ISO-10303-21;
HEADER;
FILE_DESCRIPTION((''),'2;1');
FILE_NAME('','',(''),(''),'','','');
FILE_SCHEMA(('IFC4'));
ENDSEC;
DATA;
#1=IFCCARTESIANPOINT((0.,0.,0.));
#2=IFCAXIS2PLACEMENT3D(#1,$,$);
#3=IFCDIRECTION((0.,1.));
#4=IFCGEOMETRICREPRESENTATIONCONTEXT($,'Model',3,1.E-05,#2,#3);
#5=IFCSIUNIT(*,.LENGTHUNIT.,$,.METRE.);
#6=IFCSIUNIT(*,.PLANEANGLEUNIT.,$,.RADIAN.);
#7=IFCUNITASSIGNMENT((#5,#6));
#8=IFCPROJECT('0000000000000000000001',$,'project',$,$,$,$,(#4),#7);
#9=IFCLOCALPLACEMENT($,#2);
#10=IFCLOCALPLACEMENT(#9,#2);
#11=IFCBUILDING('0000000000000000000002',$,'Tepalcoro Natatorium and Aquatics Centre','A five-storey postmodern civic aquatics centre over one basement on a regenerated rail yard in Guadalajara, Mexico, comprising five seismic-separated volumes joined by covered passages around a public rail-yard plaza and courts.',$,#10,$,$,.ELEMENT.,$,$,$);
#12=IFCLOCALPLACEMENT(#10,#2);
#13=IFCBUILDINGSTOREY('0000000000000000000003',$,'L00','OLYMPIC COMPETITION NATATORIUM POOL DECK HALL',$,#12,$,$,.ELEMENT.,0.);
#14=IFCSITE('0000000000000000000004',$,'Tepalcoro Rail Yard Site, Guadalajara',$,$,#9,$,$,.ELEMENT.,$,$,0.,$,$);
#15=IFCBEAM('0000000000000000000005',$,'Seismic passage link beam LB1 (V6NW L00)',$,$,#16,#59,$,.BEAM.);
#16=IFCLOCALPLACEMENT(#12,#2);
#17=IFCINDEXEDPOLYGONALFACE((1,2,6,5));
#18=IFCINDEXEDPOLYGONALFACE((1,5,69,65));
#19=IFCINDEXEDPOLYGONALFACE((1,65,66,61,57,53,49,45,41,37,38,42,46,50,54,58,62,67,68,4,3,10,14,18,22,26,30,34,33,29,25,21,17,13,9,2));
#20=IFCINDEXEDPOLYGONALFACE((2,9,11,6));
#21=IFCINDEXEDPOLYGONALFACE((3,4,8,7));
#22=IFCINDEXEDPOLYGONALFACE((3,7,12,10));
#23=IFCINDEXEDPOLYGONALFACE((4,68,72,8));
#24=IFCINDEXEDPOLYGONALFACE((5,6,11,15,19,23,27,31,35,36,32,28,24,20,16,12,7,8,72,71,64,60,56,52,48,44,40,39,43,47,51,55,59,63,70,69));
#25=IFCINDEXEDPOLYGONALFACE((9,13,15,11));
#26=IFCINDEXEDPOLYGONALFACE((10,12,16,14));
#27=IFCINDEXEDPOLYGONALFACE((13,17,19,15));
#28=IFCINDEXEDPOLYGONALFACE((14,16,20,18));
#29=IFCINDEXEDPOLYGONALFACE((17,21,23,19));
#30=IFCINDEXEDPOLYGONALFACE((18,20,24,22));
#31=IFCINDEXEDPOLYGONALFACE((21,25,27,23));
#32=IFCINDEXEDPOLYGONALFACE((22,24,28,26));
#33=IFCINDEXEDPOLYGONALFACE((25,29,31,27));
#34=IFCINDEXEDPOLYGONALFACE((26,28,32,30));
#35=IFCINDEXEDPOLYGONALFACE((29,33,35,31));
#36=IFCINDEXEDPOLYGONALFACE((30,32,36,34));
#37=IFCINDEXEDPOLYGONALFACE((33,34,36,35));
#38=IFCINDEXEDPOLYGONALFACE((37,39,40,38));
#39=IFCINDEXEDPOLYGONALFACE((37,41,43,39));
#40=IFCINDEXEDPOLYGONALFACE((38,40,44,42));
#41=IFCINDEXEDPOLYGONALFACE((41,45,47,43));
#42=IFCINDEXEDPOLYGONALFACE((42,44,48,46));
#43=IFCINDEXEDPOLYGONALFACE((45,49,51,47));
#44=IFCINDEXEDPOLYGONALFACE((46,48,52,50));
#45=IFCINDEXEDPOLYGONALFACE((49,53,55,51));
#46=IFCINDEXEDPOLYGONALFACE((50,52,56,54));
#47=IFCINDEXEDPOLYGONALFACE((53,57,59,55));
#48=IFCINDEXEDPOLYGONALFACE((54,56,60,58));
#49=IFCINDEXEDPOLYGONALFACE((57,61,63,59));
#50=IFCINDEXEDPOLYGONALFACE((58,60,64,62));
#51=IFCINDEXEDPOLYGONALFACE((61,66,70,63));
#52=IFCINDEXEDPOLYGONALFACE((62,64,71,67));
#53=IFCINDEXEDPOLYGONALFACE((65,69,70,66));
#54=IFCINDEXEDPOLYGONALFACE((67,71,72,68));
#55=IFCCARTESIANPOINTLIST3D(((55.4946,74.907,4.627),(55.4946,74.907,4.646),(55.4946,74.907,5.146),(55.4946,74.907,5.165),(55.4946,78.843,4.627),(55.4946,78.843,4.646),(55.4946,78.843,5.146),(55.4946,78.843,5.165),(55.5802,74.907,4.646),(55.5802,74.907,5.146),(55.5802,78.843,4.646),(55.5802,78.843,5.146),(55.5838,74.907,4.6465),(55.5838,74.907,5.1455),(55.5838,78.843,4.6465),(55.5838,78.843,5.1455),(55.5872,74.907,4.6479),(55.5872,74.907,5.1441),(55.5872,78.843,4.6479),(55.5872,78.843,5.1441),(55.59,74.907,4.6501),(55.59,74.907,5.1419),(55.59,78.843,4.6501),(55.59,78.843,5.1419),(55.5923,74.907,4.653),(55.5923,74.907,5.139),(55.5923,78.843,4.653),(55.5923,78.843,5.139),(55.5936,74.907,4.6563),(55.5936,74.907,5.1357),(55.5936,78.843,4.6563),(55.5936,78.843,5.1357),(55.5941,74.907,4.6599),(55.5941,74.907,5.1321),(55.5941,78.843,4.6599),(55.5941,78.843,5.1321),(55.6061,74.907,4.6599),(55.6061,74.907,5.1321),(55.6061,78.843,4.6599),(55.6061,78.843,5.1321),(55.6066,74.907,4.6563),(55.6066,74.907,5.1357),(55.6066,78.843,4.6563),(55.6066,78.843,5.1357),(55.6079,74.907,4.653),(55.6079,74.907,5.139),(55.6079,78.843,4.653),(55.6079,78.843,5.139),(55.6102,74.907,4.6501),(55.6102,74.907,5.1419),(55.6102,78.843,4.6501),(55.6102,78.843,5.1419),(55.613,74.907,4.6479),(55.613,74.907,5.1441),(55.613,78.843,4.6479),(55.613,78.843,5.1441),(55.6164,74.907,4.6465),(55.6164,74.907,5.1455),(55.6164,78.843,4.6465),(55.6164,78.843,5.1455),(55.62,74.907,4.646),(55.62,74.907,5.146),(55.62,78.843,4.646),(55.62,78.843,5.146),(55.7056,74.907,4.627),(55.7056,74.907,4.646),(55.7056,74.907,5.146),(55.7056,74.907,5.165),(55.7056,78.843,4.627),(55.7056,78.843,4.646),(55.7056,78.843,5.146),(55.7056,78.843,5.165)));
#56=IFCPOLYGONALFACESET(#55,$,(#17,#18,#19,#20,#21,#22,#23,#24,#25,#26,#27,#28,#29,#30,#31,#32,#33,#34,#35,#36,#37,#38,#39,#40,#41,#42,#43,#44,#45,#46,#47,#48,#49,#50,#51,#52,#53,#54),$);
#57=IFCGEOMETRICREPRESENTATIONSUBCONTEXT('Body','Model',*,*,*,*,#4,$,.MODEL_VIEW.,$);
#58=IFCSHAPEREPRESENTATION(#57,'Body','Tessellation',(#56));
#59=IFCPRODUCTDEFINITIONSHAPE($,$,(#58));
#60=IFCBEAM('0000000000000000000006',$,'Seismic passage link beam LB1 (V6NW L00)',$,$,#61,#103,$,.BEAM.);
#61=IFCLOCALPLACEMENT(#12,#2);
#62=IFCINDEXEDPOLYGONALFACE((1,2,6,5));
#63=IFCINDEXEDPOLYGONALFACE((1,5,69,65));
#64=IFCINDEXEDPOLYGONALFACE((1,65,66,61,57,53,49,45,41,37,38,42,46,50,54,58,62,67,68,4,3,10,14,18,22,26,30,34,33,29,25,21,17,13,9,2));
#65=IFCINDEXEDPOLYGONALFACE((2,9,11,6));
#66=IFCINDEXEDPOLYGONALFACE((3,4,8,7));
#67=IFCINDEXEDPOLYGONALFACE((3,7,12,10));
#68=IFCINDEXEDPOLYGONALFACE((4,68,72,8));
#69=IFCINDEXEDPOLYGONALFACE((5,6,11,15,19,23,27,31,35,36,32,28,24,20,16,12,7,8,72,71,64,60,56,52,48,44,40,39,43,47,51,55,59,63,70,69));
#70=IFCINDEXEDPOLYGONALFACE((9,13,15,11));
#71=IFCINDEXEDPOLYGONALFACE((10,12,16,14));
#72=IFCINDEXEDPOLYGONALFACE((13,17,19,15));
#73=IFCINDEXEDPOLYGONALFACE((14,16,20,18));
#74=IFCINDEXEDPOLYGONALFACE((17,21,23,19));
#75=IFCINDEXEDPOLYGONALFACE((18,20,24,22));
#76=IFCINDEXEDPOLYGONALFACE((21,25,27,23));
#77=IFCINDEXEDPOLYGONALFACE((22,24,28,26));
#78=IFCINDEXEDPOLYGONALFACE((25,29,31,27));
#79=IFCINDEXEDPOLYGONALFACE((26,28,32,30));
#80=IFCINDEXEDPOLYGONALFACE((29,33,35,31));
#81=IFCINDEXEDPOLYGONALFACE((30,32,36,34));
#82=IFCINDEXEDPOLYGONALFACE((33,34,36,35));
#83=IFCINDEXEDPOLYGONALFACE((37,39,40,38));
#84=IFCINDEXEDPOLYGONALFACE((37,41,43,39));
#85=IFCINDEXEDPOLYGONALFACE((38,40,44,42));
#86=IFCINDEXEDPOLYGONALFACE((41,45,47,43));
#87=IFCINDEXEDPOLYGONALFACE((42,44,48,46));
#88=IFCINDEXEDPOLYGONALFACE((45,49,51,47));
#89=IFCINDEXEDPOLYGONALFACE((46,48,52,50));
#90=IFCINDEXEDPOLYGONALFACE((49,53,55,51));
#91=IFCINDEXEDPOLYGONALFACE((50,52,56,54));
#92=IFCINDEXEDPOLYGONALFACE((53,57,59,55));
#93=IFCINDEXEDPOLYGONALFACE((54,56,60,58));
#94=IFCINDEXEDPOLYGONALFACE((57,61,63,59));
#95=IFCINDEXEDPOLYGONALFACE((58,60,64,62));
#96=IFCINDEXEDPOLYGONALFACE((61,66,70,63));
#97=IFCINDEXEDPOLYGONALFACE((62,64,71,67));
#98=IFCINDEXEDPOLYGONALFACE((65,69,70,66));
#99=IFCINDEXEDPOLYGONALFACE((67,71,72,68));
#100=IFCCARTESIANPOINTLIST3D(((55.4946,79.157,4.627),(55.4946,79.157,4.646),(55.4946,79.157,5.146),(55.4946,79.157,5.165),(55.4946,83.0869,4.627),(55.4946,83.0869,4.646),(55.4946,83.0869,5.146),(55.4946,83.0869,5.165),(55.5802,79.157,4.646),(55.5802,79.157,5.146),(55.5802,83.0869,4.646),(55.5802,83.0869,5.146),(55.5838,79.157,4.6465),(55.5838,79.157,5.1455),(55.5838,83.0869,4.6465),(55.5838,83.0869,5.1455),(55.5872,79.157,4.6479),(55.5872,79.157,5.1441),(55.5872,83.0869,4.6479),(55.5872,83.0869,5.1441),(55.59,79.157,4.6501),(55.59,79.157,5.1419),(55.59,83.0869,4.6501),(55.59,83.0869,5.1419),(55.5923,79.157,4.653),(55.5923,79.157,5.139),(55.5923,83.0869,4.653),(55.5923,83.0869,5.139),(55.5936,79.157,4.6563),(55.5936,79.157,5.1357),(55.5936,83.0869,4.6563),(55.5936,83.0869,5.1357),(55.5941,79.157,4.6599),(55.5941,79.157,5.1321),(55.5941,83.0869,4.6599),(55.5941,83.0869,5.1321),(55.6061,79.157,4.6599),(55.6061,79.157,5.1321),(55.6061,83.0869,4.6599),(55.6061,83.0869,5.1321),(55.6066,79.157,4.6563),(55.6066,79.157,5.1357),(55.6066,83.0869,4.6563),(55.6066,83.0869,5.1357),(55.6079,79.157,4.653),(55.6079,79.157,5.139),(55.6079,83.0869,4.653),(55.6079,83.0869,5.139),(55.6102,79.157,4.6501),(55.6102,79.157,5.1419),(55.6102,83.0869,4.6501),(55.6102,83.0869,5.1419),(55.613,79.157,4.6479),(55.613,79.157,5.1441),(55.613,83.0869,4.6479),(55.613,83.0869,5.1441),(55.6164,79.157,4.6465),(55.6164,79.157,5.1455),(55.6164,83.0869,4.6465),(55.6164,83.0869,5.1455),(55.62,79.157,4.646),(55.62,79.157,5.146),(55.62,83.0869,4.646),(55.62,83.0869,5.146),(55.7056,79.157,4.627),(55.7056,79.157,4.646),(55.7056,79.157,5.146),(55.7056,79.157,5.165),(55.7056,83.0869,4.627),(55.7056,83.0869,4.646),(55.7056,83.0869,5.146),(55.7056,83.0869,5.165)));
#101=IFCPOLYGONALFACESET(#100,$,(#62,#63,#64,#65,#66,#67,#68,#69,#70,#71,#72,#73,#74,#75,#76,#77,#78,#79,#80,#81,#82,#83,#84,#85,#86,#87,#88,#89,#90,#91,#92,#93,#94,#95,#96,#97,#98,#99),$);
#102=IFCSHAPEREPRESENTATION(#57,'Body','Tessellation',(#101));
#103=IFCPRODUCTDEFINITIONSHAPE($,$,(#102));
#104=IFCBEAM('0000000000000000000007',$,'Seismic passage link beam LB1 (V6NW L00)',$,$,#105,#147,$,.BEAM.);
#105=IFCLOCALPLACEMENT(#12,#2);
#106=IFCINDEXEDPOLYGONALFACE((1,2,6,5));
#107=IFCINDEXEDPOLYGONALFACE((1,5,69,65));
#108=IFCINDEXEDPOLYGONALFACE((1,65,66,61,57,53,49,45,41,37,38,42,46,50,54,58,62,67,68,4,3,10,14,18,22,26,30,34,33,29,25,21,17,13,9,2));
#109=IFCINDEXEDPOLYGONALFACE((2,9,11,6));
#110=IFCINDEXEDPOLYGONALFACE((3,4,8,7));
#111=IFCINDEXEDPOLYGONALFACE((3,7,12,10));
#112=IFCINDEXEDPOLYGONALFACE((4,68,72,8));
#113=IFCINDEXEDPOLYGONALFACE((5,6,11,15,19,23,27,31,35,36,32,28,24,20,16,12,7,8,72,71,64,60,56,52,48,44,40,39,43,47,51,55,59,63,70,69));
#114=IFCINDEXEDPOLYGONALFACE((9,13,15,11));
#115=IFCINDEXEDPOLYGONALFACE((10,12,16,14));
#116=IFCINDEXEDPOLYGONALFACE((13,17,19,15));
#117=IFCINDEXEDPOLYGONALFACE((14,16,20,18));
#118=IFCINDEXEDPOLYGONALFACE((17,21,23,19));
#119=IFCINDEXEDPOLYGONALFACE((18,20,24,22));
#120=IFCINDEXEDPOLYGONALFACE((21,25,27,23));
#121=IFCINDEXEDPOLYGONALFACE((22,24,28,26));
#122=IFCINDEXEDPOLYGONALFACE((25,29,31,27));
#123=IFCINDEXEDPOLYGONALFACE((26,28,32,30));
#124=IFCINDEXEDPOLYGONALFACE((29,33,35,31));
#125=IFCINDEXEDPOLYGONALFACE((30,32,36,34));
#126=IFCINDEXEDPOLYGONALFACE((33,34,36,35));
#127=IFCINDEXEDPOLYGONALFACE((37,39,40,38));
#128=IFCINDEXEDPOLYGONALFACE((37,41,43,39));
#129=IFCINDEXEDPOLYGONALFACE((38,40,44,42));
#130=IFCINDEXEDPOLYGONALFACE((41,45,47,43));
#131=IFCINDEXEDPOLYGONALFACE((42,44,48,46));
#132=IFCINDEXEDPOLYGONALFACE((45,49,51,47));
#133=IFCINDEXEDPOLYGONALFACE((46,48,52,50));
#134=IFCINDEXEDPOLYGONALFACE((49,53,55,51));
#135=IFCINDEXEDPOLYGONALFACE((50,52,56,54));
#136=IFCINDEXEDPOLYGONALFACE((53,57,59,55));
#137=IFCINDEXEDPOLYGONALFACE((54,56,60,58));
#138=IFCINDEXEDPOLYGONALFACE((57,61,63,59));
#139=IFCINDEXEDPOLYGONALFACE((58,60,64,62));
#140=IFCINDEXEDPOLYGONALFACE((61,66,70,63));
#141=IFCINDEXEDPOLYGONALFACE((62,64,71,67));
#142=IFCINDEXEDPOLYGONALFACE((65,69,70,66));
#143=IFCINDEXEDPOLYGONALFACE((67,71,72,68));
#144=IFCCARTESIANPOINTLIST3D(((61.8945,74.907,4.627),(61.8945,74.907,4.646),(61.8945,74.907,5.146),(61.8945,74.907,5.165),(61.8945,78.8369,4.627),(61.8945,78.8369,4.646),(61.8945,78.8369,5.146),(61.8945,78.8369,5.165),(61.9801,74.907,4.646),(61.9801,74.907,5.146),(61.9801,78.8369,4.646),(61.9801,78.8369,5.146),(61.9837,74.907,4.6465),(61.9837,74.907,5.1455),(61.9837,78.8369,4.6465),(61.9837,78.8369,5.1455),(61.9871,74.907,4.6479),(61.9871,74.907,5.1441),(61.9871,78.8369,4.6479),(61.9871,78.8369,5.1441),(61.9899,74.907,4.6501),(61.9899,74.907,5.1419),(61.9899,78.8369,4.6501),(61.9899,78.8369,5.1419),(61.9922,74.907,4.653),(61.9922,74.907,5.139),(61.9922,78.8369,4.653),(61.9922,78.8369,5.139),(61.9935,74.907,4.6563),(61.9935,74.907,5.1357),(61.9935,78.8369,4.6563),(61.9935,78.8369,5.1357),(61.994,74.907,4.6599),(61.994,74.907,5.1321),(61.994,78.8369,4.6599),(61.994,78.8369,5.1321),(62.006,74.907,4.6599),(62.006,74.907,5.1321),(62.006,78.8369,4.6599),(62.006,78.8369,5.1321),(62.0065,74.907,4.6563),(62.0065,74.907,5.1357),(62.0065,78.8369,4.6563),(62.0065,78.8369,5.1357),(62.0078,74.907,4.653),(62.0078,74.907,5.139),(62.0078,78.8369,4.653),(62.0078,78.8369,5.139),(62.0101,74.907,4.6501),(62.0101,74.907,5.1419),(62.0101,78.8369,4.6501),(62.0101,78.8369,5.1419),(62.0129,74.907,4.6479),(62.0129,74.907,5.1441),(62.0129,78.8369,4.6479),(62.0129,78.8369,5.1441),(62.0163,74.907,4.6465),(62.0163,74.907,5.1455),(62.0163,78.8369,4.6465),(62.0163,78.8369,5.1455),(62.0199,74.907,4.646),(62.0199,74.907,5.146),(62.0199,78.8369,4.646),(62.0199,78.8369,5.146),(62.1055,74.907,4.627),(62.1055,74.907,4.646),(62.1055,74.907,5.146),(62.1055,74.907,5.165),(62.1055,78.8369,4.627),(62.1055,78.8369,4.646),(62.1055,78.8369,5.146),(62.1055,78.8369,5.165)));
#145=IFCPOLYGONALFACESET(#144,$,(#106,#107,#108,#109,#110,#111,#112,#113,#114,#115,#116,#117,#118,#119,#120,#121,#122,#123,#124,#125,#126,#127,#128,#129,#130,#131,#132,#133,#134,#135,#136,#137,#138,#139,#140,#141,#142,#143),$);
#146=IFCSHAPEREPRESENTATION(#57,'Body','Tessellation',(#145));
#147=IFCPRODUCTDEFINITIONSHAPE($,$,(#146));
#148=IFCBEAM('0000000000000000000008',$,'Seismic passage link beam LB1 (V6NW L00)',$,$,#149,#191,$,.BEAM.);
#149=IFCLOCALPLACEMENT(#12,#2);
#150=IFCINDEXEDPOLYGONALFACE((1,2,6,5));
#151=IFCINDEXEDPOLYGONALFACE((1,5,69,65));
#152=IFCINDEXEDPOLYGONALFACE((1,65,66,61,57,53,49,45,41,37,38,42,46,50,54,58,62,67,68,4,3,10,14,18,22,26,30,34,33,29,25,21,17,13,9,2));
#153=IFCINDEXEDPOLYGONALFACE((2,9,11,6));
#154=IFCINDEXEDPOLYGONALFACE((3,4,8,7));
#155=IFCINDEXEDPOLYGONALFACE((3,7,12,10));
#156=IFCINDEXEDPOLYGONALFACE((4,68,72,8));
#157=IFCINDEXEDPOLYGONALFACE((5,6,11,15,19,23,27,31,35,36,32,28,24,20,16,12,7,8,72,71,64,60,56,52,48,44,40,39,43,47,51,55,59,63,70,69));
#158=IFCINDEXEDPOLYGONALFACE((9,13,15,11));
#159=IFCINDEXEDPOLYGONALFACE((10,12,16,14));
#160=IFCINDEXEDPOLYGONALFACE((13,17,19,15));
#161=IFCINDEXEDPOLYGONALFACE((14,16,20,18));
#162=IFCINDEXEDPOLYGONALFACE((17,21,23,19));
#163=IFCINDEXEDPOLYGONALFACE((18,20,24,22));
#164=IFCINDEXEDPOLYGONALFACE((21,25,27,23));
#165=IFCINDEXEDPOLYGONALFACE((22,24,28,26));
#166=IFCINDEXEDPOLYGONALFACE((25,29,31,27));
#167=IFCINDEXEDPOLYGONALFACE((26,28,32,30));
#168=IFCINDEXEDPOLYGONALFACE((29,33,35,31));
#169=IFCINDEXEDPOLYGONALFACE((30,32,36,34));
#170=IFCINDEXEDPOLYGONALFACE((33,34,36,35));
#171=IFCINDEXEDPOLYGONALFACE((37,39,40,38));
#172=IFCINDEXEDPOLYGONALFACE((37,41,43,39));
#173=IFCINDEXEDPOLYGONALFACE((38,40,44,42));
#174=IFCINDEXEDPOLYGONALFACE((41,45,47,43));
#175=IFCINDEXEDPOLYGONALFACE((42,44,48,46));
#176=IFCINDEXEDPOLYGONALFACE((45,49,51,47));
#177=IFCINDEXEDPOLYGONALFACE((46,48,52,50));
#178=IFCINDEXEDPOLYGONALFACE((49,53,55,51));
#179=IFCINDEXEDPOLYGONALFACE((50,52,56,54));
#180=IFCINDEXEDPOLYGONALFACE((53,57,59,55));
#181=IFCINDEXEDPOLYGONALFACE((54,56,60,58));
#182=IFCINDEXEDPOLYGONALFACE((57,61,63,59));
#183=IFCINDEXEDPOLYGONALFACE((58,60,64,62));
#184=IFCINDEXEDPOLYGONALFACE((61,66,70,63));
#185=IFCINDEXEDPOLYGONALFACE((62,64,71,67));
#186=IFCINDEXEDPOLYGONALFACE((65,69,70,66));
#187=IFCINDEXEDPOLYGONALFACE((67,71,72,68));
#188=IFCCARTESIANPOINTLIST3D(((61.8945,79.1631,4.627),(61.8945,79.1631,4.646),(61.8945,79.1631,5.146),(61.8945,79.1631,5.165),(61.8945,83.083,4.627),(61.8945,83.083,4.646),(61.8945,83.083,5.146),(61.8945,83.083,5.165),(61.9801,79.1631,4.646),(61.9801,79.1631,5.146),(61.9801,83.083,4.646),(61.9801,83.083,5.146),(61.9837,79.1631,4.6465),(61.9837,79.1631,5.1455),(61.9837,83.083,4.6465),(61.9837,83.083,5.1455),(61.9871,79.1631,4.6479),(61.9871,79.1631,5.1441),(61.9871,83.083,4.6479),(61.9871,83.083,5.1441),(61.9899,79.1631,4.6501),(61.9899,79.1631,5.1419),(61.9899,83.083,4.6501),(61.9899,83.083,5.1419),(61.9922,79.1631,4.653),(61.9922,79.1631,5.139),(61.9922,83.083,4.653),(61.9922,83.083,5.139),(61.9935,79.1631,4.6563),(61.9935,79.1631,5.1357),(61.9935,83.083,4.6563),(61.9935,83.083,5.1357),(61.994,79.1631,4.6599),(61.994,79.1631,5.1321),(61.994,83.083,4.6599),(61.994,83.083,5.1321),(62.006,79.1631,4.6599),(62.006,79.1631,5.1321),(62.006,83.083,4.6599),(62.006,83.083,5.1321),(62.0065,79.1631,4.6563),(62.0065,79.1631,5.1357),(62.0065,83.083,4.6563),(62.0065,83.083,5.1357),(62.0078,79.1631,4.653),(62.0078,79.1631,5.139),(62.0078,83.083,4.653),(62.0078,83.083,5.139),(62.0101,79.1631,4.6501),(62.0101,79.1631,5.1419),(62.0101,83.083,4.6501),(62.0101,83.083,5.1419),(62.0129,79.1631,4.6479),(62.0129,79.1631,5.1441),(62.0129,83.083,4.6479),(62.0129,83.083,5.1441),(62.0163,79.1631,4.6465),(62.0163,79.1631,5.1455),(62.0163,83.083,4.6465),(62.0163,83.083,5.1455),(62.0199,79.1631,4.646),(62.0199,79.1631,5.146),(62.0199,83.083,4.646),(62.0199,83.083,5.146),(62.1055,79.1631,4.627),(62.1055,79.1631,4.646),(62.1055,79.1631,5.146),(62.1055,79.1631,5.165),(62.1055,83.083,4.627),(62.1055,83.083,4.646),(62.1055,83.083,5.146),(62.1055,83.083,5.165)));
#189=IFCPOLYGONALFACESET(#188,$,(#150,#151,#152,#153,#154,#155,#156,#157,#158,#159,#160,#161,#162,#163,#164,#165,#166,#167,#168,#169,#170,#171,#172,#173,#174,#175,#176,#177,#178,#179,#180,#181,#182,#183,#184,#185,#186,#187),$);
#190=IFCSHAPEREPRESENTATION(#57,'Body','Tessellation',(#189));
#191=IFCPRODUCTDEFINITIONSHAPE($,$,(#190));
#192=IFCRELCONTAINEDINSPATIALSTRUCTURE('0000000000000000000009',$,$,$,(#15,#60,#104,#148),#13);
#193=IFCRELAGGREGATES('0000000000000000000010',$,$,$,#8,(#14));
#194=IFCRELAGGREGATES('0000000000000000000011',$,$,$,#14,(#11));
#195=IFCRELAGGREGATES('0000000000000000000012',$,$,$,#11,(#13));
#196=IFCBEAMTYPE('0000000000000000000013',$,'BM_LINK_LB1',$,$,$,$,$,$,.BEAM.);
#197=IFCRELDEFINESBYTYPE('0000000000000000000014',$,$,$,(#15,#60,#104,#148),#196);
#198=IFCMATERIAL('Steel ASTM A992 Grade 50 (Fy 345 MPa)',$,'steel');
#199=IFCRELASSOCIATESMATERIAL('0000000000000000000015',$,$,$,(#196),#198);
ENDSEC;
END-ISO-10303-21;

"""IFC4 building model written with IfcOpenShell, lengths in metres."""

from ifc_helpers import new_model, si_unit, direction, frame, origin, origin_2d, place, context, subcontext, project, spatial, i_section, extrude, material, material_profile, profile_set, type_object, element, save


model = new_model("IFC4")

# Units and contexts
model_context = context("Model", 3, precision=1e-05, world=origin(), true_north=direction((0.0, 1.0)))
body_context = subcontext(model_context, "Body", "Model", "MODEL_VIEW")
ifc_project = project(units=[si_unit("LENGTHUNIT", "METRE"), si_unit("PLANEANGLEUNIT", "RADIAN")], contexts=[model_context])

# Site, building, storey
site_placement = place(None, origin())
site = spatial("IfcSite", under=ifc_project, at=site_placement, Name="Tepalcoro Rail Yard Site, Guadalajara", CompositionType="ELEMENT", RefElevation=0.0)
building_placement = place(site_placement, origin())
building = spatial("IfcBuilding", under=site, at=building_placement, Name="Tepalcoro Natatorium and Aquatics Centre", Description="A five-storey postmodern civic aquatics centre over one basement on a regenerated rail yard in Guadalajara, Mexico, comprising five seismic-separated volumes joined by covered passages around a public rail-yard plaza and courts.", CompositionType="ELEMENT")
storey_placement = place(building_placement, origin())
storey = spatial("IfcBuildingStorey", under=building, at=storey_placement, Name="L00", Description="OLYMPIC COMPETITION NATATORIUM POOL DECK HALL", CompositionType="ELEMENT", Elevation=0.0)

# Shared definitions
ifc_material_1 = material(Name="Steel ASTM A992 Grade 50 (Fy 345 MPa)", Category="steel")

# Beams
ifc_material_profile_1 = material_profile(ifc_material_1, i_section(OverallWidth=0.2109, OverallDepth=0.5381, WebThickness=0.012, FlangeThickness=0.019, FilletRadius=0.0139, at=origin_2d()), Name="W21X73")
ifc_profile_set_1 = profile_set([ifc_material_profile_1], Name="Steel ASTM A992 Grade 50 (Fy 345 MPa)")
beam_type = type_object("IfcBeamType", Name="BM_LINK_LB1", PredefinedType="BEAM", material=ifc_profile_set_1)
beam_1_placement = place(storey_placement, frame((55.6001, 74.907, 4.896), z_axis=(0.0, 1.0, 0.0), x_axis=(-1.0, 0.0, 0.0)))
element("IfcBeam", 1, at=beam_1_placement, inside=storey, type_object=beam_type, Name="Seismic passage link beam LB1 (V6NW L00)", PredefinedType="BEAM", context=body_context, shape_type="SweptSolid", body=[
    extrude(i_section(OverallWidth=0.2109, OverallDepth=0.5381, WebThickness=0.012, FlangeThickness=0.019, FilletRadius=0.0139, at=origin_2d()), origin(), (0.0, 0.0, 1.0), 3.936),
])
for number, where, z_axis, x_axis, name in (
    (2, (55.6001, 79.157, 4.896), (0.0, 1.0, 0.0), (-1.0, 0.0, 0.0), "Seismic passage link beam LB1 (V6NW L00)"),
    (3, (62.0, 74.907, 4.896), (0.0, 1.0, 0.0), (-1.0, 0.0, 0.0), "Seismic passage link beam LB1 (V6NW L00)"),
):
    element("IfcBeam", number, at=place(storey_placement, frame(where, z_axis=z_axis, x_axis=x_axis)), inside=storey, type_object=beam_type, Name=name, PredefinedType="BEAM", context=body_context, shape_type="SweptSolid", body=[
        extrude(i_section(OverallWidth=0.2109, OverallDepth=0.5381, WebThickness=0.012, FlangeThickness=0.019, FilletRadius=0.0139, at=origin_2d()), origin(), (0.0, 0.0, 1.0), 3.9299),
    ])
beam_2_placement = place(storey_placement, frame((62.0, 79.1631, 4.896), z_axis=(0.0, 1.0, 0.0), x_axis=(-1.0, 0.0, 0.0)))
element("IfcBeam", 4, at=beam_2_placement, inside=storey, type_object=beam_type, Name="Seismic passage link beam LB1 (V6NW L00)", PredefinedType="BEAM", context=body_context, shape_type="SweptSolid", body=[
    extrude(i_section(OverallWidth=0.2109, OverallDepth=0.5381, WebThickness=0.012, FlangeThickness=0.019, FilletRadius=0.0139, at=origin_2d()), origin(), (0.0, 0.0, 1.0), 3.9199),
])

save(model, "model.ifc")
